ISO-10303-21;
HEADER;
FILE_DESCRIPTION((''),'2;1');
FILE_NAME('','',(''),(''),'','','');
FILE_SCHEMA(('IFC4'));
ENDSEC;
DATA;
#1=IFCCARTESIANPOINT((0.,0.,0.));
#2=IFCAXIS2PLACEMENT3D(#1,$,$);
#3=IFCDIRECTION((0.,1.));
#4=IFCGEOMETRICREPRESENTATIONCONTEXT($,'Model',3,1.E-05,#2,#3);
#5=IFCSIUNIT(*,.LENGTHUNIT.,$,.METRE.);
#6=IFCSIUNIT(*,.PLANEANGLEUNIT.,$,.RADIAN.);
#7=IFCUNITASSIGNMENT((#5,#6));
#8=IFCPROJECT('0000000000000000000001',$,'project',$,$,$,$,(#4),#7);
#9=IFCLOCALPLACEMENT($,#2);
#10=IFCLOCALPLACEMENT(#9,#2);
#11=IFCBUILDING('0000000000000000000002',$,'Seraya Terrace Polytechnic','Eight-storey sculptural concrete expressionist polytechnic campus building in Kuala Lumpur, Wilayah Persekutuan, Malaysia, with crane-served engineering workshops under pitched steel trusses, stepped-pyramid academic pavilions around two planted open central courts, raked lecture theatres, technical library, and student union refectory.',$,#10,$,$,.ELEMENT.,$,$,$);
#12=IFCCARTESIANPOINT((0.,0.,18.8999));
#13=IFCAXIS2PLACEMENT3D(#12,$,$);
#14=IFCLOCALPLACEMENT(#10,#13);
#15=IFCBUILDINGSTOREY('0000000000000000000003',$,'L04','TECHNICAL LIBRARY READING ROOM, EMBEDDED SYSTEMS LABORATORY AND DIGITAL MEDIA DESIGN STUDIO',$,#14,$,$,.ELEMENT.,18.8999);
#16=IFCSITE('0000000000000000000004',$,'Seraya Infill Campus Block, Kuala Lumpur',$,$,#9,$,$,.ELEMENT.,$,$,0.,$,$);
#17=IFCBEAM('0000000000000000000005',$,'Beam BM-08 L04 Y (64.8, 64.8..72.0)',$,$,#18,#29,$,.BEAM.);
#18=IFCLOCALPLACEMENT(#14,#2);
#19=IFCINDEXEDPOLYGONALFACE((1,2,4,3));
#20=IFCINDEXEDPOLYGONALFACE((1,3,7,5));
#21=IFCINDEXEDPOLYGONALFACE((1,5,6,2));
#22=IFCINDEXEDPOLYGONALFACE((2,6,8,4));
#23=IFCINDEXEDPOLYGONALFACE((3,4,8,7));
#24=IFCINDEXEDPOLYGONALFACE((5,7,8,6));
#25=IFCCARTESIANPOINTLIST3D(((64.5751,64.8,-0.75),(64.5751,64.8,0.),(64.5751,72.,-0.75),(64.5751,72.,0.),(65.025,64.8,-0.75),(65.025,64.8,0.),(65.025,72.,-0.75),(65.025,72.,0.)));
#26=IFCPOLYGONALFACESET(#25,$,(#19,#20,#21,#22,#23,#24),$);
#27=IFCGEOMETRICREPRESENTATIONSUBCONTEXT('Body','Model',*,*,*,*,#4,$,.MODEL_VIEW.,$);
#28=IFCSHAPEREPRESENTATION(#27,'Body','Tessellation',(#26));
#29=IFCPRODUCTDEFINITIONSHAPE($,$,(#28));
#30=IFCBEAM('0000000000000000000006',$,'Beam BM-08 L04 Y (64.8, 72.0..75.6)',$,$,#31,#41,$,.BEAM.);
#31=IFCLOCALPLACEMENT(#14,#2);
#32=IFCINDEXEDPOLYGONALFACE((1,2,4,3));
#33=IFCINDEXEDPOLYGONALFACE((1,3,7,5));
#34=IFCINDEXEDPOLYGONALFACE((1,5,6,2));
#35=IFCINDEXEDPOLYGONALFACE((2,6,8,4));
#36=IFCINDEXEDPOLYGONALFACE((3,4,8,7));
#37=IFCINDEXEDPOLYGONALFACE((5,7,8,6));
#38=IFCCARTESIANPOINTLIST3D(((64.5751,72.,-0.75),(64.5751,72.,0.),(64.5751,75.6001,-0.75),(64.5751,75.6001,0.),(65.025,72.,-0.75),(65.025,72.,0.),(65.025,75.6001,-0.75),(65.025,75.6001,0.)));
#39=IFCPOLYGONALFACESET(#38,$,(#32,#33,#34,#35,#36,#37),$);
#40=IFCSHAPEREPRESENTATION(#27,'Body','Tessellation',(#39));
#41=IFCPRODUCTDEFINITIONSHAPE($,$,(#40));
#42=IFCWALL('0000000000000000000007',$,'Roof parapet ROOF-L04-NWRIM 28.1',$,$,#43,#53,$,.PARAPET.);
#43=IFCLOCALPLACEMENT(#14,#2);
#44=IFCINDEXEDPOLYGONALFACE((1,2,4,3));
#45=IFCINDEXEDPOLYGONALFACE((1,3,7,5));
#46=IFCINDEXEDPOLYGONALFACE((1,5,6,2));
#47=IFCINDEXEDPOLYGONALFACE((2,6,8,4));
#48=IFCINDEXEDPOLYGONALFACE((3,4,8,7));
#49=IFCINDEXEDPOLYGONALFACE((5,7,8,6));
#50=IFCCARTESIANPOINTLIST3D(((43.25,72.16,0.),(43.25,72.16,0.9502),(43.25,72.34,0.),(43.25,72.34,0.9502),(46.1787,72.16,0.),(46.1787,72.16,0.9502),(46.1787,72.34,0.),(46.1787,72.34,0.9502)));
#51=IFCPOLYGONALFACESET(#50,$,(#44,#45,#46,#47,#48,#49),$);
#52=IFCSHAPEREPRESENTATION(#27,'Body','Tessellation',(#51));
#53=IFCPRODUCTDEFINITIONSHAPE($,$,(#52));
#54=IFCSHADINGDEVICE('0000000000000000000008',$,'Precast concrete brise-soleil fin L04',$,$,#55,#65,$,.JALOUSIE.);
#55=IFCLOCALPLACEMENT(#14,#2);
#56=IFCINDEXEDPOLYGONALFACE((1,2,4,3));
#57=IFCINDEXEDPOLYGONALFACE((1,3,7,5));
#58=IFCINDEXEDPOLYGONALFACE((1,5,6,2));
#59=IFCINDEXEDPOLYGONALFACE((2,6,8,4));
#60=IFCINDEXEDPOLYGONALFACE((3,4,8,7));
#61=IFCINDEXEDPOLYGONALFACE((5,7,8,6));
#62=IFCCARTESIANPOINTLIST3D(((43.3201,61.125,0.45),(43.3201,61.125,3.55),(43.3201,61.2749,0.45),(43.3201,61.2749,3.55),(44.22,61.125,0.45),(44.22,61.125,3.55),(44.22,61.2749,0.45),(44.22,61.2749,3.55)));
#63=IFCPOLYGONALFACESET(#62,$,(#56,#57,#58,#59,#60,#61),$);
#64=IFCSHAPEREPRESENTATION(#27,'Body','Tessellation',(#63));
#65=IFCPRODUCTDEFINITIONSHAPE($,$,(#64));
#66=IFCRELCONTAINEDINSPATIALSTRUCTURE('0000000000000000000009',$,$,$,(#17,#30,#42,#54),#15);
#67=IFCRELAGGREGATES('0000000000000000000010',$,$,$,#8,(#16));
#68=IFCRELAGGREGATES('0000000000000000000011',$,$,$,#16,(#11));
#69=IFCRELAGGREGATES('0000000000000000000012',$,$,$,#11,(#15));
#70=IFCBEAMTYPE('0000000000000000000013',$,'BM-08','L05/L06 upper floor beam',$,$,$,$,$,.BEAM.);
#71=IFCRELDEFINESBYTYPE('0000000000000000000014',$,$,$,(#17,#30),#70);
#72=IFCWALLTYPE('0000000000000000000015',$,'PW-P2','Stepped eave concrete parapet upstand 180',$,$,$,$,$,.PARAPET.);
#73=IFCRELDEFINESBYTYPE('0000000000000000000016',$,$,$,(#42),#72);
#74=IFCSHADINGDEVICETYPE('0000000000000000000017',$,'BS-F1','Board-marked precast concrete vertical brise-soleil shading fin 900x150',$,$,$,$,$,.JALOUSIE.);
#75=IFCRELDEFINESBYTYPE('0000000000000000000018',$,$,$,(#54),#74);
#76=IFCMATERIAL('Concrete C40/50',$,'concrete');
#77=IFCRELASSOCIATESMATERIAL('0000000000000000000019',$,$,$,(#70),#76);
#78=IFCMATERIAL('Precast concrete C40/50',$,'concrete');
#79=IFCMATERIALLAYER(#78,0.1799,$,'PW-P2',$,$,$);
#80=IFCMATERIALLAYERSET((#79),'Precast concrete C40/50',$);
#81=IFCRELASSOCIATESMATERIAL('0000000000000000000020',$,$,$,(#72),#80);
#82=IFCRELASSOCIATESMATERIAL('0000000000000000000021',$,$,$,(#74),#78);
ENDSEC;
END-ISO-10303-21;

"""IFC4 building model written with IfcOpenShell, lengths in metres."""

from ifc_helpers import new_model, si_unit, direction, frame, frame_2d, origin, origin_2d, place, context, subcontext, project, spatial, rectangle, extrude, material, layer, layer_set, material_profile, profile_set, type_object, element, save


model = new_model("IFC4")

# Units and contexts
model_context = context("Model", 3, precision=1e-05, world=origin(), true_north=direction((0.0, 1.0)))
body_context = subcontext(model_context, "Body", "Model", "MODEL_VIEW")
ifc_project = project(units=[si_unit("LENGTHUNIT", "METRE"), si_unit("PLANEANGLEUNIT", "RADIAN")], contexts=[model_context])

# Site, building, storey
site_placement = place(None, origin())
site = spatial("IfcSite", under=ifc_project, at=site_placement, Name="Seraya Infill Campus Block, Kuala Lumpur", CompositionType="ELEMENT", RefElevation=0.0)
building_placement = place(site_placement, origin())
building = spatial("IfcBuilding", under=site, at=building_placement, Name="Seraya Terrace Polytechnic", Description="Eight-storey sculptural concrete expressionist polytechnic campus building in Kuala Lumpur, Wilayah Persekutuan, Malaysia, with crane-served engineering workshops under pitched steel trusses, stepped-pyramid academic pavilions around two planted open central courts, raked lecture theatres, technical library, and student union refectory.", CompositionType="ELEMENT")
storey_placement = place(building_placement, frame((0.0, 0.0, 18.8999)))
storey = spatial("IfcBuildingStorey", under=building, at=storey_placement, Name="L04", Description="TECHNICAL LIBRARY READING ROOM, EMBEDDED SYSTEMS LABORATORY AND DIGITAL MEDIA DESIGN STUDIO", CompositionType="ELEMENT", Elevation=18.8999)

# Beams
ifc_material_1 = material(Name="Concrete C40/50", Category="concrete")
ifc_material_profile_1 = material_profile(ifc_material_1, rectangle(XDim=0.45, YDim=0.75, at=origin_2d()), Name="RC 450x750")
ifc_profile_set_1 = profile_set([ifc_material_profile_1], Name="Concrete C40/50")
beam_type_1 = type_object("IfcBeamType", Name="BM-08", Description="L05/L06 upper floor beam", PredefinedType="BEAM", material=ifc_profile_set_1)
beam_1_placement = place(storey_placement, frame((64.8, 64.8, -0.375), z_axis=(0.0, 1.0, 0.0), x_axis=(-1.0, 0.0, 0.0)))
element("IfcBeam", 1, at=beam_1_placement, inside=storey, type_object=beam_type_1, Name="Beam BM-08 L04 Y (64.8, 64.8..72.0)", PredefinedType="BEAM", context=body_context, shape_type="SweptSolid", body=[
    extrude(rectangle(XDim=0.45, YDim=0.75, at=origin_2d()), origin(), (0.0, 0.0, 1.0), 7.2),
])
beam_2_placement = place(storey_placement, frame((64.8, 72.0, -0.375), z_axis=(0.0, 1.0, 0.0), x_axis=(-1.0, 0.0, 0.0)))
element("IfcBeam", 2, at=beam_2_placement, inside=storey, type_object=beam_type_1, Name="Beam BM-08 L04 Y (64.8, 72.0..75.6)", PredefinedType="BEAM", context=body_context, shape_type="SweptSolid", body=[
    extrude(rectangle(XDim=0.45, YDim=0.75, at=origin_2d()), origin(), (0.0, 0.0, 1.0), 3.6001),
])

# Wall
ifc_material_2 = material(Name="Precast concrete C40/50", Category="concrete")
ifc_layer = layer(ifc_material_2, 0.1799, Name="PW-P2")
ifc_layer_set = layer_set([ifc_layer], Name="Precast concrete C40/50")
wall_type = type_object("IfcWallType", Name="PW-P2", Description="Stepped eave concrete parapet upstand 180", PredefinedType="PARAPET", material=ifc_layer_set)
wall_placement = place(storey_placement, frame((46.1787, 72.25, 0.0), z_axis=(0.0, 0.0, 1.0), x_axis=(-1.0, 0.0, 0.0)))
element("IfcWall", 3, at=wall_placement, inside=storey, type_object=wall_type, Name="Roof parapet ROOF-L04-NWRIM 28.1", PredefinedType="PARAPET", context=body_context, shape_type="SweptSolid", body=[
    extrude(rectangle(XDim=2.9287, YDim=0.1799, at=frame_2d((1.4644, 0.0))), origin(), (0.0, 0.0, 1.0), 0.9502),
])

# Shading device
shading_device_type = type_object("IfcShadingDeviceType", Name="BS-F1", Description="Board-marked precast concrete vertical brise-soleil shading fin 900x150", PredefinedType="JALOUSIE", material=ifc_material_2)
shading_device_placement = place(storey_placement, frame((43.77, 61.2, 0.45), z_axis=(0.0, 0.0, 1.0), x_axis=(1.0, 0.0, 0.0)))
element("IfcShadingDevice", 4, at=shading_device_placement, inside=storey, type_object=shading_device_type, Name="Precast concrete brise-soleil fin L04", PredefinedType="JALOUSIE", context=body_context, shape_type="SweptSolid", body=[
    extrude(rectangle(XDim=0.8999, YDim=0.1499, at=origin_2d()), origin(), (0.0, 0.0, 1.0), 3.1001),
])

save(model, "model.ifc")
